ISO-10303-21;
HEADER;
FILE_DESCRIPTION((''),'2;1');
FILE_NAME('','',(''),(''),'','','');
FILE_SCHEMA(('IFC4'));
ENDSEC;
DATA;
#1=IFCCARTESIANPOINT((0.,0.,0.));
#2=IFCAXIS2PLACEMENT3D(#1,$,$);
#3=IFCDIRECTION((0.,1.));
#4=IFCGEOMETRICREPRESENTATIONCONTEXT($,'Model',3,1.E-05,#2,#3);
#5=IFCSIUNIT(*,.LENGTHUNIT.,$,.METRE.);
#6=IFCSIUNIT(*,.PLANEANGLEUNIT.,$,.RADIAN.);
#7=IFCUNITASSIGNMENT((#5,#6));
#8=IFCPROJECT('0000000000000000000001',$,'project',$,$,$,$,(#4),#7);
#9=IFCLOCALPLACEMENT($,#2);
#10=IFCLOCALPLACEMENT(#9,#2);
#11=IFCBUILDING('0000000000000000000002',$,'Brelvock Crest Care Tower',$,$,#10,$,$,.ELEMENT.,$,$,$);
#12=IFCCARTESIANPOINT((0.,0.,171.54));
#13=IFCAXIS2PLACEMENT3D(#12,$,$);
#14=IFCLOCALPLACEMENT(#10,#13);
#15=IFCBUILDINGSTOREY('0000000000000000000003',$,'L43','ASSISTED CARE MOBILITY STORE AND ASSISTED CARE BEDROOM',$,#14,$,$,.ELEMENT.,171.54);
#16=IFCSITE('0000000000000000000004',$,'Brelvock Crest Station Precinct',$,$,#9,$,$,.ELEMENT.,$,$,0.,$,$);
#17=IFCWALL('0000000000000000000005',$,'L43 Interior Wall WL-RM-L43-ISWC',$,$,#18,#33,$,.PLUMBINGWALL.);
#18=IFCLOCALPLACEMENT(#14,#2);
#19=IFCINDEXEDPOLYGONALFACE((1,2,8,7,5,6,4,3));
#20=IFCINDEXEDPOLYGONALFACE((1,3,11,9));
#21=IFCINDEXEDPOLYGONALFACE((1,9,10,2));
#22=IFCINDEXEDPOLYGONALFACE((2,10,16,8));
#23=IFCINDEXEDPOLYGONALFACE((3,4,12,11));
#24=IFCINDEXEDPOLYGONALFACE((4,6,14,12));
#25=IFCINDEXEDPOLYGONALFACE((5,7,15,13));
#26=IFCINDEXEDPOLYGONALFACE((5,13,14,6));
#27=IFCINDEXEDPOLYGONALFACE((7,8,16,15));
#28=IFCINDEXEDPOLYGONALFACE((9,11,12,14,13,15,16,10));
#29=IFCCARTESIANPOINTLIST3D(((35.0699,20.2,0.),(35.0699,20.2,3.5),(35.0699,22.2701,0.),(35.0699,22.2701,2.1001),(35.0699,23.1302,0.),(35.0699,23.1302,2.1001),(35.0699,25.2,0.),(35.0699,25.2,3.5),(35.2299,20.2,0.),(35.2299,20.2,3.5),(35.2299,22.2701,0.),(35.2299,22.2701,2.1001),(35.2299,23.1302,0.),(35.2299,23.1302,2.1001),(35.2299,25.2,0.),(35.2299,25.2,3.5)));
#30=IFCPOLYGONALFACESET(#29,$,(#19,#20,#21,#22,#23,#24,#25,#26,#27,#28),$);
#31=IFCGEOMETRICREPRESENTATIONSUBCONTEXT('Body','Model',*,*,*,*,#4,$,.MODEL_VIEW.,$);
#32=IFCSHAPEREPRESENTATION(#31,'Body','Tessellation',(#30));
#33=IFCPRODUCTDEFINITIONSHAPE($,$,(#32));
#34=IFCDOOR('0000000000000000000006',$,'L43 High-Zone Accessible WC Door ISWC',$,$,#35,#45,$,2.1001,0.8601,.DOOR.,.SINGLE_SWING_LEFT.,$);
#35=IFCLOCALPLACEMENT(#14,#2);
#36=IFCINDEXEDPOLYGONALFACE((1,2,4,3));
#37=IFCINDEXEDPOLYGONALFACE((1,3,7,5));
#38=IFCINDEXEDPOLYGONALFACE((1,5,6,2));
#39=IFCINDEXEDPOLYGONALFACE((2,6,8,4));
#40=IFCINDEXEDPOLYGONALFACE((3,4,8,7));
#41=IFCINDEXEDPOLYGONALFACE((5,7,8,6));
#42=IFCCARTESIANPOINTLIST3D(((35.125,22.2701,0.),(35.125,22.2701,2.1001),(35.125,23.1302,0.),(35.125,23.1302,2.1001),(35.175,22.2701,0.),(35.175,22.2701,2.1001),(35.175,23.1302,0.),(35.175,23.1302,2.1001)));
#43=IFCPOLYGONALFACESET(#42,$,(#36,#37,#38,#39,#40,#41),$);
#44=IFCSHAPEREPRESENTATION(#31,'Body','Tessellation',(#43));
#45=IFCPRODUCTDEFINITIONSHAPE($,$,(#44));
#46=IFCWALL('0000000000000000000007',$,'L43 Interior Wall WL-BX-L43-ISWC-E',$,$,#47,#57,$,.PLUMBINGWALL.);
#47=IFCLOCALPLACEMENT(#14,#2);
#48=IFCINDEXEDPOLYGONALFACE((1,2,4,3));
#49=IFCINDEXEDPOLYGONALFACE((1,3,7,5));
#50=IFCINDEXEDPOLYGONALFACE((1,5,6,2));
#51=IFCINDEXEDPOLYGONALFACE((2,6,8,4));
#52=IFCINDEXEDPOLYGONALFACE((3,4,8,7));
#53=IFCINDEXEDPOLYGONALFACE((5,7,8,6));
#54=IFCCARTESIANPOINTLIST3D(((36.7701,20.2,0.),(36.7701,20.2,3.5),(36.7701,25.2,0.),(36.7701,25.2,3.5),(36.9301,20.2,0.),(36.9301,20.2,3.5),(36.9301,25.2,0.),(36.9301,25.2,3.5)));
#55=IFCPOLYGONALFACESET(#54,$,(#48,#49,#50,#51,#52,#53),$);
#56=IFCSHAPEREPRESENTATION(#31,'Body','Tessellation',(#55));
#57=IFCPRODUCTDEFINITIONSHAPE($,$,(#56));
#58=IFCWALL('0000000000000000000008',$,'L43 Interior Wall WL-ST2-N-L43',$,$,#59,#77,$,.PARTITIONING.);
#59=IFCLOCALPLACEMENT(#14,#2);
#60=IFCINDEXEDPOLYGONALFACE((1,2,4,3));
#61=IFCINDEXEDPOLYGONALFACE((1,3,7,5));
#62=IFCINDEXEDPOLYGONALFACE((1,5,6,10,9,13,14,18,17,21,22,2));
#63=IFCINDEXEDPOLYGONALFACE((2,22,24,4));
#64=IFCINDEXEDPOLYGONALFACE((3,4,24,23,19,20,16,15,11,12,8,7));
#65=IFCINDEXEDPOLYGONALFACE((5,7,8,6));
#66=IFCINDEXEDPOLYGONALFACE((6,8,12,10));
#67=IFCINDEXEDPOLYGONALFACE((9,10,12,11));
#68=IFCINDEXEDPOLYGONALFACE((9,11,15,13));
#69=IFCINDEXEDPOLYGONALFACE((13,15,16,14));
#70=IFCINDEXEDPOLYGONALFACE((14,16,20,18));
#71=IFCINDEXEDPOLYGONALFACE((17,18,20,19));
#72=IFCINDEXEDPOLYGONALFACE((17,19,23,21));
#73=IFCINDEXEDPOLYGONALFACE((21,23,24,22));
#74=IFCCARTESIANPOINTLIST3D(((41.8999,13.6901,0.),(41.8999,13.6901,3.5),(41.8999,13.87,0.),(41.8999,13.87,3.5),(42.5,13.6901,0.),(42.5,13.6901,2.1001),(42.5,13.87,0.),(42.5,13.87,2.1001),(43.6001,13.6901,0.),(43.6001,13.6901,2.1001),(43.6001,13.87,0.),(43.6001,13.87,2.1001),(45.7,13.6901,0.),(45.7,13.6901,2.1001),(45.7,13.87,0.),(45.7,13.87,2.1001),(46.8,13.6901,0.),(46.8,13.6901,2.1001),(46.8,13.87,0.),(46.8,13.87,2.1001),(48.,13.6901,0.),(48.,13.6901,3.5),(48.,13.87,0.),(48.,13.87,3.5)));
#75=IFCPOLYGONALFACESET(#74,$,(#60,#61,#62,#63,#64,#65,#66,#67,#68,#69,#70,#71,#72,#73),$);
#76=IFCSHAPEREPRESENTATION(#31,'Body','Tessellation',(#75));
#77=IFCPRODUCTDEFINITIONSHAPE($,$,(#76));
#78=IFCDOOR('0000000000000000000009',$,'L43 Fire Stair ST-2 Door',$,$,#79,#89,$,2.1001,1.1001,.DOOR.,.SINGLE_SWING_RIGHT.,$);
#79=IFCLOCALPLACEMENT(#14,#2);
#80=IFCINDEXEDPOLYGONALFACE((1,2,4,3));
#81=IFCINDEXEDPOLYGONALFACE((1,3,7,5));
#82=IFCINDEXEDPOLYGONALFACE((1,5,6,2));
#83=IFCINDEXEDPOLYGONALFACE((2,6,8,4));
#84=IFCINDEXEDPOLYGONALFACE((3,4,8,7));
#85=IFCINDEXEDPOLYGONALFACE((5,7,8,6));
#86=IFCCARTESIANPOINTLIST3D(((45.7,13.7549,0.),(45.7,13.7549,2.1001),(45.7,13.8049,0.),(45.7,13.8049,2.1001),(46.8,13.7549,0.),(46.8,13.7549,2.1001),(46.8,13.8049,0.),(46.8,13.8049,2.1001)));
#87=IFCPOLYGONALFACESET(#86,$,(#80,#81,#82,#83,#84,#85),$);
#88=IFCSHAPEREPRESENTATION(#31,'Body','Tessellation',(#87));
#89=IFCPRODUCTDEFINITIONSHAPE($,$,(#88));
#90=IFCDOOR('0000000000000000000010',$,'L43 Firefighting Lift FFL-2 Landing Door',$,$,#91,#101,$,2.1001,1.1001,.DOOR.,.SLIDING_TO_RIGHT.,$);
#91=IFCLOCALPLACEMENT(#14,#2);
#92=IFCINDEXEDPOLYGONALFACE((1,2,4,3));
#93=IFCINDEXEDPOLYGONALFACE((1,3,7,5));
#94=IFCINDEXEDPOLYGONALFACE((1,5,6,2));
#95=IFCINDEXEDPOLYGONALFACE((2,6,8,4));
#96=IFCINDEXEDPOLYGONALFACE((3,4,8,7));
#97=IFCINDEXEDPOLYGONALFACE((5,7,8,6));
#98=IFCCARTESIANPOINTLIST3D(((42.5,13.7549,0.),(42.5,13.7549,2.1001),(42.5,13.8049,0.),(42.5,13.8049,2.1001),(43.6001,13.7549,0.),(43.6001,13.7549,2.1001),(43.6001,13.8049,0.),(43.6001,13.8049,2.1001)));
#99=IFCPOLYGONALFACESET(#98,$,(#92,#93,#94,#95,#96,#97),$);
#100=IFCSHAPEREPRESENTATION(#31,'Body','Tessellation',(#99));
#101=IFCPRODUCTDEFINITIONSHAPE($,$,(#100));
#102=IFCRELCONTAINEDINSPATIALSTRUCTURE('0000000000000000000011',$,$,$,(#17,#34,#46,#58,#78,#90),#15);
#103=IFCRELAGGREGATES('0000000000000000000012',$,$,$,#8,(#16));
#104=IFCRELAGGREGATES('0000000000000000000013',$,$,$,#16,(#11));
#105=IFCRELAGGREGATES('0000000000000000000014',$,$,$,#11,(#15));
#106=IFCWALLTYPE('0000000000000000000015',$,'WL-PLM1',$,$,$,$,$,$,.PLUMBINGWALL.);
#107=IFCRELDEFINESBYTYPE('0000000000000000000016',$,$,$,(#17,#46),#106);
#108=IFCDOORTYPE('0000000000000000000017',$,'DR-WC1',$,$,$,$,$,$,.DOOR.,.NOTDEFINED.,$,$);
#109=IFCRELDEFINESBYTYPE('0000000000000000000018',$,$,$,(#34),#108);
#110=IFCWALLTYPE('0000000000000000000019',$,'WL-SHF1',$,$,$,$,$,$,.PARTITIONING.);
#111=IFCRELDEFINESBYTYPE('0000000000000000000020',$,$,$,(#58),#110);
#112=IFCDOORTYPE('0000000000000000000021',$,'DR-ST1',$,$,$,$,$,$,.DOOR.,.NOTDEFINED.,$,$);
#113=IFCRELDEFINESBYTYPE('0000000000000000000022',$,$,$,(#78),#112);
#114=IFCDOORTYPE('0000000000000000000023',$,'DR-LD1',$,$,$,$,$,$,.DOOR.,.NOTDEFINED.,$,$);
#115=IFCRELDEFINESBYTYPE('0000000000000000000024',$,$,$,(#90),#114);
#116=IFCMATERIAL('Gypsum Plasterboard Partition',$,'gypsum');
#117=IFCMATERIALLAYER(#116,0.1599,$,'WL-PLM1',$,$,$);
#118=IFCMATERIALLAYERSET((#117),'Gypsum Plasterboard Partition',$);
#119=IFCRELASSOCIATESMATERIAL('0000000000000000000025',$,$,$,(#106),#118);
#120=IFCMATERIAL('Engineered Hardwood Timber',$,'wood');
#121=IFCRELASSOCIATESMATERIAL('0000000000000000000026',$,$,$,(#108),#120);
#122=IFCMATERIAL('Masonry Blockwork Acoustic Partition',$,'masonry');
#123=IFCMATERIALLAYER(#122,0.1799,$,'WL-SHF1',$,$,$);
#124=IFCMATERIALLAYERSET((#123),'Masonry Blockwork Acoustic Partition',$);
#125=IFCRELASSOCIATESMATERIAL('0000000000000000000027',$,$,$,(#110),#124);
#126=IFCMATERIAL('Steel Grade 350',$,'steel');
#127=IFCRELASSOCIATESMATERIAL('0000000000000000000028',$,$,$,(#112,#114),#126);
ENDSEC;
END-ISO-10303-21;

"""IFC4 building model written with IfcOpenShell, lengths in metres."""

from ifc_helpers import new_model, si_unit, direction, frame, frame_2d, origin, origin_2d, place, context, subcontext, project, spatial, rectangle, extrude, source, transform, mapped, material, layer, layer_set, type_object, element, fill, save


model = new_model("IFC4")

# Units and contexts
model_context = context("Model", 3, precision=1e-05, world=origin(), true_north=direction((0.0, 1.0)))
body_context = subcontext(model_context, "Body", "Model", "MODEL_VIEW")
ifc_project = project(units=[si_unit("LENGTHUNIT", "METRE"), si_unit("PLANEANGLEUNIT", "RADIAN")], contexts=[model_context])

# Site, building, storey
site_placement = place(None, origin())
site = spatial("IfcSite", under=ifc_project, at=site_placement, Name="Brelvock Crest Station Precinct", CompositionType="ELEMENT", RefElevation=0.0)
building_placement = place(site_placement, origin())
building = spatial("IfcBuilding", under=site, at=building_placement, Name="Brelvock Crest Care Tower", CompositionType="ELEMENT")
storey_placement = place(building_placement, frame((0.0, 0.0, 171.54)))
storey = spatial("IfcBuildingStorey", under=building, at=storey_placement, Name="L43", Description="ASSISTED CARE MOBILITY STORE AND ASSISTED CARE BEDROOM", CompositionType="ELEMENT", Elevation=171.54)

# Shared definitions
ifc_material_1 = material(Name="Steel Grade 350", Category="steel")

# Shared definitions
ifc_material_2 = material(Name="Masonry Blockwork Acoustic Partition", Category="masonry")

# Shared definitions
ifc_material_3 = material(Name="Engineered Hardwood Timber", Category="wood")

# Shared definitions
ifc_material_4 = material(Name="Gypsum Plasterboard Partition", Category="gypsum")
ifc_layer_1 = layer(ifc_material_4, 0.1599, Name="WL-PLM1")
ifc_layer_set_1 = layer_set([ifc_layer_1], Name="Gypsum Plasterboard Partition")
wall_type_1 = type_object("IfcWallType", Name="WL-PLM1", PredefinedType="PLUMBINGWALL", material=ifc_layer_set_1)

# Wall, opening, door
wall_1_placement = place(storey_placement, frame((35.1499, 20.2, 0.0), z_axis=(0.0, 0.0, 1.0), x_axis=(0.0, 1.0, 0.0)))
wall_1 = element("IfcWall", 1, at=wall_1_placement, inside=storey, type_object=wall_type_1, Name="L43 Interior Wall WL-RM-L43-ISWC", PredefinedType="PLUMBINGWALL", context=body_context, shape_type="SweptSolid", body=[
    extrude(rectangle(XDim=5.0, YDim=0.1599, at=frame_2d((2.5, 0.0))), origin(), (0.0, 0.0, 1.0), 3.5),
])
opening_1_placement = place(wall_1_placement, frame((2.0701, 0.0, 0.0)))
opening_1 = element("IfcOpeningElement", 2, at=opening_1_placement, cuts=wall_1, PredefinedType="OPENING", context=body_context, shape_type="SweptSolid", body=[
    extrude(rectangle(XDim=0.8601, YDim=2.1001, at=origin_2d()), frame((0.4302, 0.0898, 1.05), z_axis=(0.0, -1.0, 0.0), x_axis=(1.0, 0.0, 0.0)), (0.0, 0.0, 1.0), 0.1799),
])
door_type_1 = type_object("IfcDoorType", Name="DR-WC1", OperationType="NOTDEFINED", PredefinedType="DOOR", material=ifc_material_3)
shared_shape_1 = source(origin(), body_context, "Body", "SweptSolid", [
    extrude(rectangle(XDim=0.8601, YDim=2.1001, at=origin_2d()), frame((0.4302, 0.0249, 1.05), z_axis=(0.0, -1.0, 0.0), x_axis=(1.0, 0.0, 0.0)), (0.0, 0.0, 1.0), 0.05),
])
door_1_placement = place(opening_1_placement, origin())
door_1 = element("IfcDoor", 3, at=door_1_placement, inside=storey, type_object=door_type_1, Name="L43 High-Zone Accessible WC Door ISWC", OperationType="SINGLE_SWING_LEFT", OverallHeight=2.1001, OverallWidth=0.8601, PredefinedType="DOOR", context=body_context, shape_type="MappedRepresentation", body=[
    mapped(shared_shape_1, transform((0.0, 0.0, 0.0), x_axis=(1.0, 0.0, 0.0), y_axis=(0.0, 1.0, 0.0), z_axis=(0.0, 0.0, 1.0), scale=1.0)),
])
fill(opening_1, door_1)

# Wall
wall_2_placement = place(storey_placement, frame((36.8501, 20.2, 0.0), z_axis=(0.0, 0.0, 1.0), x_axis=(0.0, 1.0, 0.0)))
element("IfcWall", 4, at=wall_2_placement, inside=storey, type_object=wall_type_1, Name="L43 Interior Wall WL-BX-L43-ISWC-E", PredefinedType="PLUMBINGWALL", context=body_context, shape_type="SweptSolid", body=[
    extrude(rectangle(XDim=5.0, YDim=0.1599, at=frame_2d((2.5, 0.0))), origin(), (0.0, 0.0, 1.0), 3.5),
])

# Wall, openings, doors
ifc_layer_2 = layer(ifc_material_2, 0.1799, Name="WL-SHF1")
ifc_layer_set_2 = layer_set([ifc_layer_2], Name="Masonry Blockwork Acoustic Partition")
wall_type_2 = type_object("IfcWallType", Name="WL-SHF1", PredefinedType="PARTITIONING", material=ifc_layer_set_2)
wall_3_placement = place(storey_placement, frame((41.8999, 13.78, 0.0), z_axis=(0.0, 0.0, 1.0), x_axis=(1.0, 0.0, 0.0)))
wall_3 = element("IfcWall", 5, at=wall_3_placement, inside=storey, type_object=wall_type_2, Name="L43 Interior Wall WL-ST2-N-L43", PredefinedType="PARTITIONING", context=body_context, shape_type="SweptSolid", body=[
    extrude(rectangle(XDim=6.1001, YDim=0.1799, at=frame_2d((3.05, 0.0))), origin(), (0.0, 0.0, 1.0), 3.5),
])
opening_2_placement = place(wall_3_placement, frame((0.6001, 0.0, 0.0)))
opening_2 = element("IfcOpeningElement", 6, at=opening_2_placement, cuts=wall_3, PredefinedType="OPENING", context=body_context, shape_type="SweptSolid", body=[
    extrude(rectangle(XDim=1.1001, YDim=2.1001, at=origin_2d()), frame((0.55, 0.1001, 1.05), z_axis=(0.0, -1.0, 0.0), x_axis=(1.0, 0.0, 0.0)), (0.0, 0.0, 1.0), 0.2),
])
opening_3_placement = place(wall_3_placement, frame((3.8, 0.0, 0.0)))
opening_3 = element("IfcOpeningElement", 7, at=opening_3_placement, cuts=wall_3, PredefinedType="OPENING", context=body_context, shape_type="SweptSolid", body=[
    extrude(rectangle(XDim=1.1001, YDim=2.1001, at=origin_2d()), frame((0.55, 0.1001, 1.05), z_axis=(0.0, -1.0, 0.0), x_axis=(1.0, 0.0, 0.0)), (0.0, 0.0, 1.0), 0.2),
])
door_type_2 = type_object("IfcDoorType", Name="DR-ST1", OperationType="NOTDEFINED", PredefinedType="DOOR", material=ifc_material_1)
shared_shape_2 = source(origin(), body_context, "Body", "SweptSolid", [
    extrude(rectangle(XDim=1.1001, YDim=2.1001, at=origin_2d()), frame((0.55, 0.0249, 1.05), z_axis=(0.0, -1.0, 0.0), x_axis=(1.0, 0.0, 0.0)), (0.0, 0.0, 1.0), 0.05),
])
door_2_placement = place(opening_3_placement, origin())
door_2 = element("IfcDoor", 8, at=door_2_placement, inside=storey, type_object=door_type_2, Name="L43 Fire Stair ST-2 Door", OperationType="SINGLE_SWING_RIGHT", OverallHeight=2.1001, OverallWidth=1.1001, PredefinedType="DOOR", context=body_context, shape_type="MappedRepresentation", body=[
    mapped(shared_shape_2, transform((0.0, 0.0, 0.0), x_axis=(1.0, 0.0, 0.0), y_axis=(0.0, 1.0, 0.0), z_axis=(0.0, 0.0, 1.0), scale=1.0)),
])
fill(opening_3, door_2)
door_type_3 = type_object("IfcDoorType", Name="DR-LD1", OperationType="NOTDEFINED", PredefinedType="DOOR", material=ifc_material_1)
shared_shape_3 = source(origin(), body_context, "Body", "SweptSolid", [
    extrude(rectangle(XDim=1.1001, YDim=2.1001, at=origin_2d()), frame((0.55, 0.0249, 1.05), z_axis=(0.0, -1.0, 0.0), x_axis=(1.0, 0.0, 0.0)), (0.0, 0.0, 1.0), 0.05),
])
door_3_placement = place(opening_2_placement, origin())
door_3 = element("IfcDoor", 9, at=door_3_placement, inside=storey, type_object=door_type_3, Name="L43 Firefighting Lift FFL-2 Landing Door", OperationType="SLIDING_TO_RIGHT", OverallHeight=2.1001, OverallWidth=1.1001, PredefinedType="DOOR", context=body_context, shape_type="MappedRepresentation", body=[
    mapped(shared_shape_3, transform((0.0, 0.0, 0.0), x_axis=(1.0, 0.0, 0.0), y_axis=(0.0, 1.0, 0.0), z_axis=(0.0, 0.0, 1.0), scale=1.0)),
])
fill(opening_2, door_3)

save(model, "model.ifc")
